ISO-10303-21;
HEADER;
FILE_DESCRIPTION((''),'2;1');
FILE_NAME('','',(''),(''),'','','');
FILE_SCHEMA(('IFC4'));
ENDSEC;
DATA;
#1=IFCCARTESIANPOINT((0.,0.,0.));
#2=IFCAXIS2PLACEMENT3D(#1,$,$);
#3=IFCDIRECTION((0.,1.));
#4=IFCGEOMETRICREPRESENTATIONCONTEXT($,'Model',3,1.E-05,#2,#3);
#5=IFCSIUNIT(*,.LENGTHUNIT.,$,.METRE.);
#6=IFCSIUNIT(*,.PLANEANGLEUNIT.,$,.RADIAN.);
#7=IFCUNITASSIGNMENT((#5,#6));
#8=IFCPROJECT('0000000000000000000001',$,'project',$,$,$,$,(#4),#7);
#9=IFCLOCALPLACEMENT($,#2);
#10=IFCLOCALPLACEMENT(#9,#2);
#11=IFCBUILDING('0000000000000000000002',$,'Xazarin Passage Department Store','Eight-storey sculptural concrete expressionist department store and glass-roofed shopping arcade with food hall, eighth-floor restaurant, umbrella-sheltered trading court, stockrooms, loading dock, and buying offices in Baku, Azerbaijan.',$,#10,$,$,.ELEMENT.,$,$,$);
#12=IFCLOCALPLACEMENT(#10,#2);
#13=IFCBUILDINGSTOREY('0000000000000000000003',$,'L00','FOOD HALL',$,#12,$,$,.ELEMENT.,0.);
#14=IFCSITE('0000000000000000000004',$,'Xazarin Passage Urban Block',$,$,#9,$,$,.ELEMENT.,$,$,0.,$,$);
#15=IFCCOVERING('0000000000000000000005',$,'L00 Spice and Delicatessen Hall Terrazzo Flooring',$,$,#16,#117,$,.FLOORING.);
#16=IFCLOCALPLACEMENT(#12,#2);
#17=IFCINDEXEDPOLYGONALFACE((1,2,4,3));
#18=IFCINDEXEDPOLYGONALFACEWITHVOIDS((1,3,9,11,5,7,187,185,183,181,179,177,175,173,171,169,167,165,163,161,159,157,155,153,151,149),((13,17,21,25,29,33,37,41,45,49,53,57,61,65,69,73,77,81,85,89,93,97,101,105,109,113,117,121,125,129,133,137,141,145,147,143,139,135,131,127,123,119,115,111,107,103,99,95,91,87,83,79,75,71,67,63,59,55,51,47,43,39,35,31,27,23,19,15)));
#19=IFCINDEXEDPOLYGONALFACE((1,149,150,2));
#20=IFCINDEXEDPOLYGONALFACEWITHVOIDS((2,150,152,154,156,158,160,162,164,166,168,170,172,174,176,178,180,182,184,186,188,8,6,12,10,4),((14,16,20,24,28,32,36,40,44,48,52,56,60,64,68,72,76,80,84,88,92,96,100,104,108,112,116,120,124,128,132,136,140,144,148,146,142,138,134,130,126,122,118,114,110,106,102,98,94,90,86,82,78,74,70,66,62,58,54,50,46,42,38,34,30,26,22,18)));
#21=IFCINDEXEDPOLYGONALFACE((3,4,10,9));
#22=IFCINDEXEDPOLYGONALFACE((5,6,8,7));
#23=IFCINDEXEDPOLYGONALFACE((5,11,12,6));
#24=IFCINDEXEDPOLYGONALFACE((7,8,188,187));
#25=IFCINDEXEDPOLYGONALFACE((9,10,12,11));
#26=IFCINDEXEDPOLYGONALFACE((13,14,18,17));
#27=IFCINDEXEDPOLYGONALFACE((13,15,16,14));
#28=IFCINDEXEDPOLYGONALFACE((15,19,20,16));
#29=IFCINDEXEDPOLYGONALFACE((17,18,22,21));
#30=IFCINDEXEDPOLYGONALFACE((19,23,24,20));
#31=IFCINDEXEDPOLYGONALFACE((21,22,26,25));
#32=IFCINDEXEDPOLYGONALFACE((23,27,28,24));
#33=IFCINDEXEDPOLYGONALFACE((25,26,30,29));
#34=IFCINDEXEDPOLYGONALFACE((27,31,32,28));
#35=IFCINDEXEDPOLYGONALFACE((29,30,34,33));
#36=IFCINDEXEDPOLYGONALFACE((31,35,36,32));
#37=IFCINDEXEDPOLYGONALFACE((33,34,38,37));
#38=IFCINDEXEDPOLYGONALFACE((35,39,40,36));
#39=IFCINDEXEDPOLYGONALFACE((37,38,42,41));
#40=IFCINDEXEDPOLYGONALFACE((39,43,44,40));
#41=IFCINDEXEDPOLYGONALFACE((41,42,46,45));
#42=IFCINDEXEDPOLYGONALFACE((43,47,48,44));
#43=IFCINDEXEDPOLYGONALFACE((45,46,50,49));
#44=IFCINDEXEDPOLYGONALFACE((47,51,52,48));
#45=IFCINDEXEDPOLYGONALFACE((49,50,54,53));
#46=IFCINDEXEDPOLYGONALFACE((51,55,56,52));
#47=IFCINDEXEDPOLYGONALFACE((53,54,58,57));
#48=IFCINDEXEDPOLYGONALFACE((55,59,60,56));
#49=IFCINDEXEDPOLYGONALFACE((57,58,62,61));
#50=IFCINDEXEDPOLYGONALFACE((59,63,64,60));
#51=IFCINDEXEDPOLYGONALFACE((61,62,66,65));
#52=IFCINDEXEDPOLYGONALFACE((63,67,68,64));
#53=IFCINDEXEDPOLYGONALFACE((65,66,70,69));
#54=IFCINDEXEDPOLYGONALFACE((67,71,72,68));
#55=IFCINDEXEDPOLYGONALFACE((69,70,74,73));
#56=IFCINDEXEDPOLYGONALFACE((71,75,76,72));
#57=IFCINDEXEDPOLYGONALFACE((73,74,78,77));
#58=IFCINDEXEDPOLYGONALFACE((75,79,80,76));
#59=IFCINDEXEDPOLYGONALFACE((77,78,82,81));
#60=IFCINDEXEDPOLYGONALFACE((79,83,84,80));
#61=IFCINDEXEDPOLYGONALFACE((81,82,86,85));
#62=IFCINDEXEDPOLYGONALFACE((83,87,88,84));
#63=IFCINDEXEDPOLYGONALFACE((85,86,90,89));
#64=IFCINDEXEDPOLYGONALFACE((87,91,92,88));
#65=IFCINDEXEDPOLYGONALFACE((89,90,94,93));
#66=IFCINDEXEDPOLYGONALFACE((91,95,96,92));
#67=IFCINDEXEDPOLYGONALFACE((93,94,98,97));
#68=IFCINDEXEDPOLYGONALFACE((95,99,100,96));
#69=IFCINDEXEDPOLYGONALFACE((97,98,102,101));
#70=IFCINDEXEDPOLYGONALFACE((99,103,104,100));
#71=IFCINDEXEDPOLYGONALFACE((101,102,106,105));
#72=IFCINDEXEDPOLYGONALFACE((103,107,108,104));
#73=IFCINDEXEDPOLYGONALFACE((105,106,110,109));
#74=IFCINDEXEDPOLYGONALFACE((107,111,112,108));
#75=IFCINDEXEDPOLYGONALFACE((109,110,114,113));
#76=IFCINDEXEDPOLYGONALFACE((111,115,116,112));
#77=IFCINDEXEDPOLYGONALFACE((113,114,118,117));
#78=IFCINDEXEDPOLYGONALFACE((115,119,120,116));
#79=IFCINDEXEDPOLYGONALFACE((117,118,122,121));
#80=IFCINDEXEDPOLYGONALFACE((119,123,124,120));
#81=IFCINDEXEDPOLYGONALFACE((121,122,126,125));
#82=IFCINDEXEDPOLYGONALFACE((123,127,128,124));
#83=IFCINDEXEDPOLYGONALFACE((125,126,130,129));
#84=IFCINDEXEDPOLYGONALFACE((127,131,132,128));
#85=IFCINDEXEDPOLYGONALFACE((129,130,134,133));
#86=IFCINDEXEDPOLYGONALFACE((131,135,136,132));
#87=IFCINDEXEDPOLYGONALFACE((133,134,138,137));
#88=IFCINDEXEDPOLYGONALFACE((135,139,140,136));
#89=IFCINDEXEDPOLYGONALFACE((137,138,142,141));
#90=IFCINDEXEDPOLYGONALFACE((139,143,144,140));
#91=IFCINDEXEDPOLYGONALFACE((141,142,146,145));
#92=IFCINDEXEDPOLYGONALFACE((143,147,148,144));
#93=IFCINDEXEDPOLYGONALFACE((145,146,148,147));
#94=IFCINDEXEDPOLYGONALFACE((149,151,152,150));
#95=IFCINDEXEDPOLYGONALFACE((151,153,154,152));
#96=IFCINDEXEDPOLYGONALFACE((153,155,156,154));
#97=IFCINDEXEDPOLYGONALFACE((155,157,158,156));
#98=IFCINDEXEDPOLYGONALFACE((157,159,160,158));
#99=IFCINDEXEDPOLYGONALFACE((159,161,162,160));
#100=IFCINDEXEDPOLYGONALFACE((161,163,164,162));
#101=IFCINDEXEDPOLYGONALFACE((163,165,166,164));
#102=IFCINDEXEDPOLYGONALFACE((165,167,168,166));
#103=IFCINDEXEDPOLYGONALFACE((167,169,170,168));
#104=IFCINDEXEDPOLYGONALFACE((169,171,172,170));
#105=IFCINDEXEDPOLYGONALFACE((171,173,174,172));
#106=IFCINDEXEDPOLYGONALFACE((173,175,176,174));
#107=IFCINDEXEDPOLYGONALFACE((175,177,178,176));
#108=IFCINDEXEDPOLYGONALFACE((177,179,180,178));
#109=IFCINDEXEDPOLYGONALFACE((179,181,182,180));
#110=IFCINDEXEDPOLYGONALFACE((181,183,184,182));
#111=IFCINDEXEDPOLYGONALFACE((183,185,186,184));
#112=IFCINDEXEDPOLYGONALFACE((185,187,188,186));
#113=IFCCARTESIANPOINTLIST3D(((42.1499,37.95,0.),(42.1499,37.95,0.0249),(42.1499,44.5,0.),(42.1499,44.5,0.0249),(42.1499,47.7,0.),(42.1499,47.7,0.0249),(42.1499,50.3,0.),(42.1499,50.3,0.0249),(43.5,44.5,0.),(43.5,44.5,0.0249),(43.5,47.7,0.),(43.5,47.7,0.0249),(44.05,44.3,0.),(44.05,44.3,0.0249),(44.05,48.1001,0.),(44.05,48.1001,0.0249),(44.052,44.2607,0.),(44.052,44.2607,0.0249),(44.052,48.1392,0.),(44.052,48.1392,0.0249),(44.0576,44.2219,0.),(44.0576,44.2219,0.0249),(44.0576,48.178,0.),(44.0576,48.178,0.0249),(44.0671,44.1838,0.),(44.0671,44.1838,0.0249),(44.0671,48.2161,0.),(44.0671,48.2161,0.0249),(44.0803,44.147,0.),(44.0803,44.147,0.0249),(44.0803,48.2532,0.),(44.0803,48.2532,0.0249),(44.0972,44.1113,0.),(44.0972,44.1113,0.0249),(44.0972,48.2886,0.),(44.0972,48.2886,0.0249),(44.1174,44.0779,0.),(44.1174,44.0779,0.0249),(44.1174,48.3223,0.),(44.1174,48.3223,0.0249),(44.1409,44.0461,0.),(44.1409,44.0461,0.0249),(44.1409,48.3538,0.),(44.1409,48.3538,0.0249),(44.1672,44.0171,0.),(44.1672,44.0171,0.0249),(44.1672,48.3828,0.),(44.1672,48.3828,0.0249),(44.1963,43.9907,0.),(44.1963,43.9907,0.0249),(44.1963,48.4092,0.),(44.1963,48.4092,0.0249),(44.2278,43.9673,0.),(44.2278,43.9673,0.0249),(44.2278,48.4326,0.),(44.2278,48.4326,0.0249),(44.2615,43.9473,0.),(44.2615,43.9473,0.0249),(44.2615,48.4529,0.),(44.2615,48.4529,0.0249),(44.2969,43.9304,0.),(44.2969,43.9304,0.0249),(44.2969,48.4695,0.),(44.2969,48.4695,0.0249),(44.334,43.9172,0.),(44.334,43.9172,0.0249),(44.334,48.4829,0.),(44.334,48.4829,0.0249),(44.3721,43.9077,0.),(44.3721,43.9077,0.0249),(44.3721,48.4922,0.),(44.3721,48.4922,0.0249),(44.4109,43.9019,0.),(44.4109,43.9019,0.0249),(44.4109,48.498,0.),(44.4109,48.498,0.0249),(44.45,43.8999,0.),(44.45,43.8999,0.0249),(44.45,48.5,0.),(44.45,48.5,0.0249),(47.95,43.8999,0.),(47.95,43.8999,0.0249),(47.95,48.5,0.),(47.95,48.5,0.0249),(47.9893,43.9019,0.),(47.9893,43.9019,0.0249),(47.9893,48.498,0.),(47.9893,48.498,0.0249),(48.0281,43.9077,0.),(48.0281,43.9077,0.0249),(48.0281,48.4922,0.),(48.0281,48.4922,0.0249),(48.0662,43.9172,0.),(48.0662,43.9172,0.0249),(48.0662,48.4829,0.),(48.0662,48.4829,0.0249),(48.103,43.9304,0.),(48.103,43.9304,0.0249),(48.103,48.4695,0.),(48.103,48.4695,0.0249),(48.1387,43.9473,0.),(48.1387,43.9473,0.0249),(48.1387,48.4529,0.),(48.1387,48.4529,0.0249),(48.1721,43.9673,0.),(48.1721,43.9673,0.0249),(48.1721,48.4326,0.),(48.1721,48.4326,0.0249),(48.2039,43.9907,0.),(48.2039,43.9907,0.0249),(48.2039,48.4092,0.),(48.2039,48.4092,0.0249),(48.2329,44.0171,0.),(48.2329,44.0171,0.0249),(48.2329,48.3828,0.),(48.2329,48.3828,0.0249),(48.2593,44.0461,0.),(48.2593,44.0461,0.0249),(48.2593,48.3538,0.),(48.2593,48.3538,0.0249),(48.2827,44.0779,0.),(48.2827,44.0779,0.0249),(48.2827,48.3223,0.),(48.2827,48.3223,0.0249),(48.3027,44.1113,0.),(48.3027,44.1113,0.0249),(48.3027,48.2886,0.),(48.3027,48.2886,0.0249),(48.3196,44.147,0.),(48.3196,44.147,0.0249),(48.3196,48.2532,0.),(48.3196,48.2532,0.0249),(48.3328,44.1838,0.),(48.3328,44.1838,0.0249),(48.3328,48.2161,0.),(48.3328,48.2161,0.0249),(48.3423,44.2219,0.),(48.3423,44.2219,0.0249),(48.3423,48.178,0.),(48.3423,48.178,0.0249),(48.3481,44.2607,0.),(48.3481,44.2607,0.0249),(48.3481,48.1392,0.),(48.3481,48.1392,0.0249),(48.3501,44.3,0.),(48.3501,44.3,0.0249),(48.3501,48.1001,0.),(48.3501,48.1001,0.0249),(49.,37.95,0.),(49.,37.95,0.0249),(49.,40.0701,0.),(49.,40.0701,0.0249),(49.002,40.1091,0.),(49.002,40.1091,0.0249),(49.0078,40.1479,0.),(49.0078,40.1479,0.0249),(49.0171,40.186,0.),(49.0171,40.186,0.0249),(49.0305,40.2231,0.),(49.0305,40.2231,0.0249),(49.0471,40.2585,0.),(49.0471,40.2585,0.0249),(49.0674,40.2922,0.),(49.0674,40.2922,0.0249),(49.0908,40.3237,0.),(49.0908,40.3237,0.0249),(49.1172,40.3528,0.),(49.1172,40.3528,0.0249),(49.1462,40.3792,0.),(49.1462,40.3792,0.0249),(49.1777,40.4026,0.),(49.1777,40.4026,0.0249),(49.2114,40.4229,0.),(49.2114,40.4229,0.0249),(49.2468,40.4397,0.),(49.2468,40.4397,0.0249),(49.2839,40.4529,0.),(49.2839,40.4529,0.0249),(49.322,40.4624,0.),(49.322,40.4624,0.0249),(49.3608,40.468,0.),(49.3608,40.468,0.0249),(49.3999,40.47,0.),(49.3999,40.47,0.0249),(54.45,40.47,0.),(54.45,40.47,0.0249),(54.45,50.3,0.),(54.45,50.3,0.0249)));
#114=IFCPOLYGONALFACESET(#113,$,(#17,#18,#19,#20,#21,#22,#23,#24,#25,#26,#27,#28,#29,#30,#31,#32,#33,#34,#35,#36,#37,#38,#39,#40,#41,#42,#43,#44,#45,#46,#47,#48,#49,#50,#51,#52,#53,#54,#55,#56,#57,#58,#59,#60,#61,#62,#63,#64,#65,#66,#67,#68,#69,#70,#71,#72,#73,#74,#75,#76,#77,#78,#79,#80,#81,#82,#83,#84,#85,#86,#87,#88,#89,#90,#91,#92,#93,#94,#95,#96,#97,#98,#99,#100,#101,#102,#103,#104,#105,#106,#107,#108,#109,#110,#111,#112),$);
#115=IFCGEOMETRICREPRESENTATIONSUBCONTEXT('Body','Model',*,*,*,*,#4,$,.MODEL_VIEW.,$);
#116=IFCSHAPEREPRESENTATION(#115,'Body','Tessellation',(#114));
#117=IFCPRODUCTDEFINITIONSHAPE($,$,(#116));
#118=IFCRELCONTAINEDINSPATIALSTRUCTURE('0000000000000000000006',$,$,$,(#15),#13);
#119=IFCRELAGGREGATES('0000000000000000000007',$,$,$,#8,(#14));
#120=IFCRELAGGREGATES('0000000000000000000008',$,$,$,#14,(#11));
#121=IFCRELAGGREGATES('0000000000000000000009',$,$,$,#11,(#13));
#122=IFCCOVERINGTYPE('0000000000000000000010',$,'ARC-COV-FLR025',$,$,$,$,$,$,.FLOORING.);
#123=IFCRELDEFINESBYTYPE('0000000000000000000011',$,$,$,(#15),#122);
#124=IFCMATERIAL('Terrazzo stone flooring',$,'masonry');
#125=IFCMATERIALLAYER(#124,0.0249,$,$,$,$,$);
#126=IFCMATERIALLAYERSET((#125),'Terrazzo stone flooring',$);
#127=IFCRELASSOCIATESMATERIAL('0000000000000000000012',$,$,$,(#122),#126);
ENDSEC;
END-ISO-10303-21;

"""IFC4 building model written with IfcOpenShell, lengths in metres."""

from ifc_helpers import new_model, si_unit, direction, origin, place, context, subcontext, project, spatial, polyline, outline, extrude, material, layer, layer_set, type_object, element, save


model = new_model("IFC4")

# Units and contexts
model_context = context("Model", 3, precision=1e-05, world=origin(), true_north=direction((0.0, 1.0)))
body_context = subcontext(model_context, "Body", "Model", "MODEL_VIEW")
ifc_project = project(units=[si_unit("LENGTHUNIT", "METRE"), si_unit("PLANEANGLEUNIT", "RADIAN")], contexts=[model_context])

# Site, building, storey
site_placement = place(None, origin())
site = spatial("IfcSite", under=ifc_project, at=site_placement, Name="Xazarin Passage Urban Block", CompositionType="ELEMENT", RefElevation=0.0)
building_placement = place(site_placement, origin())
building = spatial("IfcBuilding", under=site, at=building_placement, Name="Xazarin Passage Department Store", Description="Eight-storey sculptural concrete expressionist department store and glass-roofed shopping arcade with food hall, eighth-floor restaurant, umbrella-sheltered trading court, stockrooms, loading dock, and buying offices in Baku, Azerbaijan.", CompositionType="ELEMENT")
storey_placement = place(building_placement, origin())
storey = spatial("IfcBuildingStorey", under=building, at=storey_placement, Name="L00", Description="FOOD HALL", CompositionType="ELEMENT", Elevation=0.0)

# Covering
ifc_material_1 = material(Name="Terrazzo stone flooring", Category="masonry")
ifc_layer_1 = layer(ifc_material_1, 0.0249)
ifc_layer_set_1 = layer_set([ifc_layer_1], Name="Terrazzo stone flooring")
covering_type_1 = type_object("IfcCoveringType", Name="ARC-COV-FLR025", PredefinedType="FLOORING", material=ifc_layer_set_1)
covering_1_placement = place(storey_placement, origin())
element("IfcCovering", 1, at=covering_1_placement, inside=storey, type_object=covering_type_1, Name="L00 Spice and Delicatessen Hall Terrazzo Flooring", PredefinedType="FLOORING", context=body_context, shape_type="SweptSolid", body=[
    extrude(outline(polyline([(49.0, 37.95), (49.0, 40.0701), (49.002, 40.1091), (49.0078, 40.1479), (49.0171, 40.186), (49.0305, 40.2231), (49.0471, 40.2585), (49.0674, 40.2922), (49.0908, 40.3237), (49.1172, 40.3528), (49.1462, 40.3792), (49.1777, 40.4026), (49.2114, 40.4229), (49.2468, 40.4397), (49.2839, 40.4529), (49.322, 40.4624), (49.3608, 40.468), (49.3999, 40.47), (54.45, 40.47), (54.45, 50.3), (42.1499, 50.3), (42.1499, 47.7), (43.5, 47.7), (43.5, 44.5), (42.1499, 44.5), (42.1499, 37.95), (49.0, 37.95)]), holes=[polyline([(48.3501, 44.3), (48.3481, 44.2607), (48.3423, 44.2219), (48.3328, 44.1838), (48.3196, 44.147), (48.3027, 44.1113), (48.2827, 44.0779), (48.2593, 44.0461), (48.2329, 44.0171), (48.2039, 43.9907), (48.1721, 43.9673), (48.1387, 43.9473), (48.103, 43.9304), (48.0662, 43.9172), (48.0281, 43.9077), (47.9893, 43.9019), (47.95, 43.8999), (44.45, 43.8999), (44.4109, 43.9019), (44.3721, 43.9077), (44.334, 43.9172), (44.2969, 43.9304), (44.2615, 43.9473), (44.2278, 43.9673), (44.1963, 43.9907), (44.1672, 44.0171), (44.1409, 44.0461), (44.1174, 44.0779), (44.0972, 44.1113), (44.0803, 44.147), (44.0671, 44.1838), (44.0576, 44.2219), (44.052, 44.2607), (44.05, 44.3), (44.05, 48.1001), (44.052, 48.1392), (44.0576, 48.178), (44.0671, 48.2161), (44.0803, 48.2532), (44.0972, 48.2886), (44.1174, 48.3223), (44.1409, 48.3538), (44.1672, 48.3828), (44.1963, 48.4092), (44.2278, 48.4326), (44.2615, 48.4529), (44.2969, 48.4695), (44.334, 48.4829), (44.3721, 48.4922), (44.4109, 48.498), (44.45, 48.5), (47.95, 48.5), (47.9893, 48.498), (48.0281, 48.4922), (48.0662, 48.4829), (48.103, 48.4695), (48.1387, 48.4529), (48.1721, 48.4326), (48.2039, 48.4092), (48.2329, 48.3828), (48.2593, 48.3538), (48.2827, 48.3223), (48.3027, 48.2886), (48.3196, 48.2532), (48.3328, 48.2161), (48.3423, 48.178), (48.3481, 48.1392), (48.3501, 48.1001), (48.3501, 44.3)])]), origin(), (0.0, 0.0, 1.0), 0.0249),
])

save(model, "model.ifc")
